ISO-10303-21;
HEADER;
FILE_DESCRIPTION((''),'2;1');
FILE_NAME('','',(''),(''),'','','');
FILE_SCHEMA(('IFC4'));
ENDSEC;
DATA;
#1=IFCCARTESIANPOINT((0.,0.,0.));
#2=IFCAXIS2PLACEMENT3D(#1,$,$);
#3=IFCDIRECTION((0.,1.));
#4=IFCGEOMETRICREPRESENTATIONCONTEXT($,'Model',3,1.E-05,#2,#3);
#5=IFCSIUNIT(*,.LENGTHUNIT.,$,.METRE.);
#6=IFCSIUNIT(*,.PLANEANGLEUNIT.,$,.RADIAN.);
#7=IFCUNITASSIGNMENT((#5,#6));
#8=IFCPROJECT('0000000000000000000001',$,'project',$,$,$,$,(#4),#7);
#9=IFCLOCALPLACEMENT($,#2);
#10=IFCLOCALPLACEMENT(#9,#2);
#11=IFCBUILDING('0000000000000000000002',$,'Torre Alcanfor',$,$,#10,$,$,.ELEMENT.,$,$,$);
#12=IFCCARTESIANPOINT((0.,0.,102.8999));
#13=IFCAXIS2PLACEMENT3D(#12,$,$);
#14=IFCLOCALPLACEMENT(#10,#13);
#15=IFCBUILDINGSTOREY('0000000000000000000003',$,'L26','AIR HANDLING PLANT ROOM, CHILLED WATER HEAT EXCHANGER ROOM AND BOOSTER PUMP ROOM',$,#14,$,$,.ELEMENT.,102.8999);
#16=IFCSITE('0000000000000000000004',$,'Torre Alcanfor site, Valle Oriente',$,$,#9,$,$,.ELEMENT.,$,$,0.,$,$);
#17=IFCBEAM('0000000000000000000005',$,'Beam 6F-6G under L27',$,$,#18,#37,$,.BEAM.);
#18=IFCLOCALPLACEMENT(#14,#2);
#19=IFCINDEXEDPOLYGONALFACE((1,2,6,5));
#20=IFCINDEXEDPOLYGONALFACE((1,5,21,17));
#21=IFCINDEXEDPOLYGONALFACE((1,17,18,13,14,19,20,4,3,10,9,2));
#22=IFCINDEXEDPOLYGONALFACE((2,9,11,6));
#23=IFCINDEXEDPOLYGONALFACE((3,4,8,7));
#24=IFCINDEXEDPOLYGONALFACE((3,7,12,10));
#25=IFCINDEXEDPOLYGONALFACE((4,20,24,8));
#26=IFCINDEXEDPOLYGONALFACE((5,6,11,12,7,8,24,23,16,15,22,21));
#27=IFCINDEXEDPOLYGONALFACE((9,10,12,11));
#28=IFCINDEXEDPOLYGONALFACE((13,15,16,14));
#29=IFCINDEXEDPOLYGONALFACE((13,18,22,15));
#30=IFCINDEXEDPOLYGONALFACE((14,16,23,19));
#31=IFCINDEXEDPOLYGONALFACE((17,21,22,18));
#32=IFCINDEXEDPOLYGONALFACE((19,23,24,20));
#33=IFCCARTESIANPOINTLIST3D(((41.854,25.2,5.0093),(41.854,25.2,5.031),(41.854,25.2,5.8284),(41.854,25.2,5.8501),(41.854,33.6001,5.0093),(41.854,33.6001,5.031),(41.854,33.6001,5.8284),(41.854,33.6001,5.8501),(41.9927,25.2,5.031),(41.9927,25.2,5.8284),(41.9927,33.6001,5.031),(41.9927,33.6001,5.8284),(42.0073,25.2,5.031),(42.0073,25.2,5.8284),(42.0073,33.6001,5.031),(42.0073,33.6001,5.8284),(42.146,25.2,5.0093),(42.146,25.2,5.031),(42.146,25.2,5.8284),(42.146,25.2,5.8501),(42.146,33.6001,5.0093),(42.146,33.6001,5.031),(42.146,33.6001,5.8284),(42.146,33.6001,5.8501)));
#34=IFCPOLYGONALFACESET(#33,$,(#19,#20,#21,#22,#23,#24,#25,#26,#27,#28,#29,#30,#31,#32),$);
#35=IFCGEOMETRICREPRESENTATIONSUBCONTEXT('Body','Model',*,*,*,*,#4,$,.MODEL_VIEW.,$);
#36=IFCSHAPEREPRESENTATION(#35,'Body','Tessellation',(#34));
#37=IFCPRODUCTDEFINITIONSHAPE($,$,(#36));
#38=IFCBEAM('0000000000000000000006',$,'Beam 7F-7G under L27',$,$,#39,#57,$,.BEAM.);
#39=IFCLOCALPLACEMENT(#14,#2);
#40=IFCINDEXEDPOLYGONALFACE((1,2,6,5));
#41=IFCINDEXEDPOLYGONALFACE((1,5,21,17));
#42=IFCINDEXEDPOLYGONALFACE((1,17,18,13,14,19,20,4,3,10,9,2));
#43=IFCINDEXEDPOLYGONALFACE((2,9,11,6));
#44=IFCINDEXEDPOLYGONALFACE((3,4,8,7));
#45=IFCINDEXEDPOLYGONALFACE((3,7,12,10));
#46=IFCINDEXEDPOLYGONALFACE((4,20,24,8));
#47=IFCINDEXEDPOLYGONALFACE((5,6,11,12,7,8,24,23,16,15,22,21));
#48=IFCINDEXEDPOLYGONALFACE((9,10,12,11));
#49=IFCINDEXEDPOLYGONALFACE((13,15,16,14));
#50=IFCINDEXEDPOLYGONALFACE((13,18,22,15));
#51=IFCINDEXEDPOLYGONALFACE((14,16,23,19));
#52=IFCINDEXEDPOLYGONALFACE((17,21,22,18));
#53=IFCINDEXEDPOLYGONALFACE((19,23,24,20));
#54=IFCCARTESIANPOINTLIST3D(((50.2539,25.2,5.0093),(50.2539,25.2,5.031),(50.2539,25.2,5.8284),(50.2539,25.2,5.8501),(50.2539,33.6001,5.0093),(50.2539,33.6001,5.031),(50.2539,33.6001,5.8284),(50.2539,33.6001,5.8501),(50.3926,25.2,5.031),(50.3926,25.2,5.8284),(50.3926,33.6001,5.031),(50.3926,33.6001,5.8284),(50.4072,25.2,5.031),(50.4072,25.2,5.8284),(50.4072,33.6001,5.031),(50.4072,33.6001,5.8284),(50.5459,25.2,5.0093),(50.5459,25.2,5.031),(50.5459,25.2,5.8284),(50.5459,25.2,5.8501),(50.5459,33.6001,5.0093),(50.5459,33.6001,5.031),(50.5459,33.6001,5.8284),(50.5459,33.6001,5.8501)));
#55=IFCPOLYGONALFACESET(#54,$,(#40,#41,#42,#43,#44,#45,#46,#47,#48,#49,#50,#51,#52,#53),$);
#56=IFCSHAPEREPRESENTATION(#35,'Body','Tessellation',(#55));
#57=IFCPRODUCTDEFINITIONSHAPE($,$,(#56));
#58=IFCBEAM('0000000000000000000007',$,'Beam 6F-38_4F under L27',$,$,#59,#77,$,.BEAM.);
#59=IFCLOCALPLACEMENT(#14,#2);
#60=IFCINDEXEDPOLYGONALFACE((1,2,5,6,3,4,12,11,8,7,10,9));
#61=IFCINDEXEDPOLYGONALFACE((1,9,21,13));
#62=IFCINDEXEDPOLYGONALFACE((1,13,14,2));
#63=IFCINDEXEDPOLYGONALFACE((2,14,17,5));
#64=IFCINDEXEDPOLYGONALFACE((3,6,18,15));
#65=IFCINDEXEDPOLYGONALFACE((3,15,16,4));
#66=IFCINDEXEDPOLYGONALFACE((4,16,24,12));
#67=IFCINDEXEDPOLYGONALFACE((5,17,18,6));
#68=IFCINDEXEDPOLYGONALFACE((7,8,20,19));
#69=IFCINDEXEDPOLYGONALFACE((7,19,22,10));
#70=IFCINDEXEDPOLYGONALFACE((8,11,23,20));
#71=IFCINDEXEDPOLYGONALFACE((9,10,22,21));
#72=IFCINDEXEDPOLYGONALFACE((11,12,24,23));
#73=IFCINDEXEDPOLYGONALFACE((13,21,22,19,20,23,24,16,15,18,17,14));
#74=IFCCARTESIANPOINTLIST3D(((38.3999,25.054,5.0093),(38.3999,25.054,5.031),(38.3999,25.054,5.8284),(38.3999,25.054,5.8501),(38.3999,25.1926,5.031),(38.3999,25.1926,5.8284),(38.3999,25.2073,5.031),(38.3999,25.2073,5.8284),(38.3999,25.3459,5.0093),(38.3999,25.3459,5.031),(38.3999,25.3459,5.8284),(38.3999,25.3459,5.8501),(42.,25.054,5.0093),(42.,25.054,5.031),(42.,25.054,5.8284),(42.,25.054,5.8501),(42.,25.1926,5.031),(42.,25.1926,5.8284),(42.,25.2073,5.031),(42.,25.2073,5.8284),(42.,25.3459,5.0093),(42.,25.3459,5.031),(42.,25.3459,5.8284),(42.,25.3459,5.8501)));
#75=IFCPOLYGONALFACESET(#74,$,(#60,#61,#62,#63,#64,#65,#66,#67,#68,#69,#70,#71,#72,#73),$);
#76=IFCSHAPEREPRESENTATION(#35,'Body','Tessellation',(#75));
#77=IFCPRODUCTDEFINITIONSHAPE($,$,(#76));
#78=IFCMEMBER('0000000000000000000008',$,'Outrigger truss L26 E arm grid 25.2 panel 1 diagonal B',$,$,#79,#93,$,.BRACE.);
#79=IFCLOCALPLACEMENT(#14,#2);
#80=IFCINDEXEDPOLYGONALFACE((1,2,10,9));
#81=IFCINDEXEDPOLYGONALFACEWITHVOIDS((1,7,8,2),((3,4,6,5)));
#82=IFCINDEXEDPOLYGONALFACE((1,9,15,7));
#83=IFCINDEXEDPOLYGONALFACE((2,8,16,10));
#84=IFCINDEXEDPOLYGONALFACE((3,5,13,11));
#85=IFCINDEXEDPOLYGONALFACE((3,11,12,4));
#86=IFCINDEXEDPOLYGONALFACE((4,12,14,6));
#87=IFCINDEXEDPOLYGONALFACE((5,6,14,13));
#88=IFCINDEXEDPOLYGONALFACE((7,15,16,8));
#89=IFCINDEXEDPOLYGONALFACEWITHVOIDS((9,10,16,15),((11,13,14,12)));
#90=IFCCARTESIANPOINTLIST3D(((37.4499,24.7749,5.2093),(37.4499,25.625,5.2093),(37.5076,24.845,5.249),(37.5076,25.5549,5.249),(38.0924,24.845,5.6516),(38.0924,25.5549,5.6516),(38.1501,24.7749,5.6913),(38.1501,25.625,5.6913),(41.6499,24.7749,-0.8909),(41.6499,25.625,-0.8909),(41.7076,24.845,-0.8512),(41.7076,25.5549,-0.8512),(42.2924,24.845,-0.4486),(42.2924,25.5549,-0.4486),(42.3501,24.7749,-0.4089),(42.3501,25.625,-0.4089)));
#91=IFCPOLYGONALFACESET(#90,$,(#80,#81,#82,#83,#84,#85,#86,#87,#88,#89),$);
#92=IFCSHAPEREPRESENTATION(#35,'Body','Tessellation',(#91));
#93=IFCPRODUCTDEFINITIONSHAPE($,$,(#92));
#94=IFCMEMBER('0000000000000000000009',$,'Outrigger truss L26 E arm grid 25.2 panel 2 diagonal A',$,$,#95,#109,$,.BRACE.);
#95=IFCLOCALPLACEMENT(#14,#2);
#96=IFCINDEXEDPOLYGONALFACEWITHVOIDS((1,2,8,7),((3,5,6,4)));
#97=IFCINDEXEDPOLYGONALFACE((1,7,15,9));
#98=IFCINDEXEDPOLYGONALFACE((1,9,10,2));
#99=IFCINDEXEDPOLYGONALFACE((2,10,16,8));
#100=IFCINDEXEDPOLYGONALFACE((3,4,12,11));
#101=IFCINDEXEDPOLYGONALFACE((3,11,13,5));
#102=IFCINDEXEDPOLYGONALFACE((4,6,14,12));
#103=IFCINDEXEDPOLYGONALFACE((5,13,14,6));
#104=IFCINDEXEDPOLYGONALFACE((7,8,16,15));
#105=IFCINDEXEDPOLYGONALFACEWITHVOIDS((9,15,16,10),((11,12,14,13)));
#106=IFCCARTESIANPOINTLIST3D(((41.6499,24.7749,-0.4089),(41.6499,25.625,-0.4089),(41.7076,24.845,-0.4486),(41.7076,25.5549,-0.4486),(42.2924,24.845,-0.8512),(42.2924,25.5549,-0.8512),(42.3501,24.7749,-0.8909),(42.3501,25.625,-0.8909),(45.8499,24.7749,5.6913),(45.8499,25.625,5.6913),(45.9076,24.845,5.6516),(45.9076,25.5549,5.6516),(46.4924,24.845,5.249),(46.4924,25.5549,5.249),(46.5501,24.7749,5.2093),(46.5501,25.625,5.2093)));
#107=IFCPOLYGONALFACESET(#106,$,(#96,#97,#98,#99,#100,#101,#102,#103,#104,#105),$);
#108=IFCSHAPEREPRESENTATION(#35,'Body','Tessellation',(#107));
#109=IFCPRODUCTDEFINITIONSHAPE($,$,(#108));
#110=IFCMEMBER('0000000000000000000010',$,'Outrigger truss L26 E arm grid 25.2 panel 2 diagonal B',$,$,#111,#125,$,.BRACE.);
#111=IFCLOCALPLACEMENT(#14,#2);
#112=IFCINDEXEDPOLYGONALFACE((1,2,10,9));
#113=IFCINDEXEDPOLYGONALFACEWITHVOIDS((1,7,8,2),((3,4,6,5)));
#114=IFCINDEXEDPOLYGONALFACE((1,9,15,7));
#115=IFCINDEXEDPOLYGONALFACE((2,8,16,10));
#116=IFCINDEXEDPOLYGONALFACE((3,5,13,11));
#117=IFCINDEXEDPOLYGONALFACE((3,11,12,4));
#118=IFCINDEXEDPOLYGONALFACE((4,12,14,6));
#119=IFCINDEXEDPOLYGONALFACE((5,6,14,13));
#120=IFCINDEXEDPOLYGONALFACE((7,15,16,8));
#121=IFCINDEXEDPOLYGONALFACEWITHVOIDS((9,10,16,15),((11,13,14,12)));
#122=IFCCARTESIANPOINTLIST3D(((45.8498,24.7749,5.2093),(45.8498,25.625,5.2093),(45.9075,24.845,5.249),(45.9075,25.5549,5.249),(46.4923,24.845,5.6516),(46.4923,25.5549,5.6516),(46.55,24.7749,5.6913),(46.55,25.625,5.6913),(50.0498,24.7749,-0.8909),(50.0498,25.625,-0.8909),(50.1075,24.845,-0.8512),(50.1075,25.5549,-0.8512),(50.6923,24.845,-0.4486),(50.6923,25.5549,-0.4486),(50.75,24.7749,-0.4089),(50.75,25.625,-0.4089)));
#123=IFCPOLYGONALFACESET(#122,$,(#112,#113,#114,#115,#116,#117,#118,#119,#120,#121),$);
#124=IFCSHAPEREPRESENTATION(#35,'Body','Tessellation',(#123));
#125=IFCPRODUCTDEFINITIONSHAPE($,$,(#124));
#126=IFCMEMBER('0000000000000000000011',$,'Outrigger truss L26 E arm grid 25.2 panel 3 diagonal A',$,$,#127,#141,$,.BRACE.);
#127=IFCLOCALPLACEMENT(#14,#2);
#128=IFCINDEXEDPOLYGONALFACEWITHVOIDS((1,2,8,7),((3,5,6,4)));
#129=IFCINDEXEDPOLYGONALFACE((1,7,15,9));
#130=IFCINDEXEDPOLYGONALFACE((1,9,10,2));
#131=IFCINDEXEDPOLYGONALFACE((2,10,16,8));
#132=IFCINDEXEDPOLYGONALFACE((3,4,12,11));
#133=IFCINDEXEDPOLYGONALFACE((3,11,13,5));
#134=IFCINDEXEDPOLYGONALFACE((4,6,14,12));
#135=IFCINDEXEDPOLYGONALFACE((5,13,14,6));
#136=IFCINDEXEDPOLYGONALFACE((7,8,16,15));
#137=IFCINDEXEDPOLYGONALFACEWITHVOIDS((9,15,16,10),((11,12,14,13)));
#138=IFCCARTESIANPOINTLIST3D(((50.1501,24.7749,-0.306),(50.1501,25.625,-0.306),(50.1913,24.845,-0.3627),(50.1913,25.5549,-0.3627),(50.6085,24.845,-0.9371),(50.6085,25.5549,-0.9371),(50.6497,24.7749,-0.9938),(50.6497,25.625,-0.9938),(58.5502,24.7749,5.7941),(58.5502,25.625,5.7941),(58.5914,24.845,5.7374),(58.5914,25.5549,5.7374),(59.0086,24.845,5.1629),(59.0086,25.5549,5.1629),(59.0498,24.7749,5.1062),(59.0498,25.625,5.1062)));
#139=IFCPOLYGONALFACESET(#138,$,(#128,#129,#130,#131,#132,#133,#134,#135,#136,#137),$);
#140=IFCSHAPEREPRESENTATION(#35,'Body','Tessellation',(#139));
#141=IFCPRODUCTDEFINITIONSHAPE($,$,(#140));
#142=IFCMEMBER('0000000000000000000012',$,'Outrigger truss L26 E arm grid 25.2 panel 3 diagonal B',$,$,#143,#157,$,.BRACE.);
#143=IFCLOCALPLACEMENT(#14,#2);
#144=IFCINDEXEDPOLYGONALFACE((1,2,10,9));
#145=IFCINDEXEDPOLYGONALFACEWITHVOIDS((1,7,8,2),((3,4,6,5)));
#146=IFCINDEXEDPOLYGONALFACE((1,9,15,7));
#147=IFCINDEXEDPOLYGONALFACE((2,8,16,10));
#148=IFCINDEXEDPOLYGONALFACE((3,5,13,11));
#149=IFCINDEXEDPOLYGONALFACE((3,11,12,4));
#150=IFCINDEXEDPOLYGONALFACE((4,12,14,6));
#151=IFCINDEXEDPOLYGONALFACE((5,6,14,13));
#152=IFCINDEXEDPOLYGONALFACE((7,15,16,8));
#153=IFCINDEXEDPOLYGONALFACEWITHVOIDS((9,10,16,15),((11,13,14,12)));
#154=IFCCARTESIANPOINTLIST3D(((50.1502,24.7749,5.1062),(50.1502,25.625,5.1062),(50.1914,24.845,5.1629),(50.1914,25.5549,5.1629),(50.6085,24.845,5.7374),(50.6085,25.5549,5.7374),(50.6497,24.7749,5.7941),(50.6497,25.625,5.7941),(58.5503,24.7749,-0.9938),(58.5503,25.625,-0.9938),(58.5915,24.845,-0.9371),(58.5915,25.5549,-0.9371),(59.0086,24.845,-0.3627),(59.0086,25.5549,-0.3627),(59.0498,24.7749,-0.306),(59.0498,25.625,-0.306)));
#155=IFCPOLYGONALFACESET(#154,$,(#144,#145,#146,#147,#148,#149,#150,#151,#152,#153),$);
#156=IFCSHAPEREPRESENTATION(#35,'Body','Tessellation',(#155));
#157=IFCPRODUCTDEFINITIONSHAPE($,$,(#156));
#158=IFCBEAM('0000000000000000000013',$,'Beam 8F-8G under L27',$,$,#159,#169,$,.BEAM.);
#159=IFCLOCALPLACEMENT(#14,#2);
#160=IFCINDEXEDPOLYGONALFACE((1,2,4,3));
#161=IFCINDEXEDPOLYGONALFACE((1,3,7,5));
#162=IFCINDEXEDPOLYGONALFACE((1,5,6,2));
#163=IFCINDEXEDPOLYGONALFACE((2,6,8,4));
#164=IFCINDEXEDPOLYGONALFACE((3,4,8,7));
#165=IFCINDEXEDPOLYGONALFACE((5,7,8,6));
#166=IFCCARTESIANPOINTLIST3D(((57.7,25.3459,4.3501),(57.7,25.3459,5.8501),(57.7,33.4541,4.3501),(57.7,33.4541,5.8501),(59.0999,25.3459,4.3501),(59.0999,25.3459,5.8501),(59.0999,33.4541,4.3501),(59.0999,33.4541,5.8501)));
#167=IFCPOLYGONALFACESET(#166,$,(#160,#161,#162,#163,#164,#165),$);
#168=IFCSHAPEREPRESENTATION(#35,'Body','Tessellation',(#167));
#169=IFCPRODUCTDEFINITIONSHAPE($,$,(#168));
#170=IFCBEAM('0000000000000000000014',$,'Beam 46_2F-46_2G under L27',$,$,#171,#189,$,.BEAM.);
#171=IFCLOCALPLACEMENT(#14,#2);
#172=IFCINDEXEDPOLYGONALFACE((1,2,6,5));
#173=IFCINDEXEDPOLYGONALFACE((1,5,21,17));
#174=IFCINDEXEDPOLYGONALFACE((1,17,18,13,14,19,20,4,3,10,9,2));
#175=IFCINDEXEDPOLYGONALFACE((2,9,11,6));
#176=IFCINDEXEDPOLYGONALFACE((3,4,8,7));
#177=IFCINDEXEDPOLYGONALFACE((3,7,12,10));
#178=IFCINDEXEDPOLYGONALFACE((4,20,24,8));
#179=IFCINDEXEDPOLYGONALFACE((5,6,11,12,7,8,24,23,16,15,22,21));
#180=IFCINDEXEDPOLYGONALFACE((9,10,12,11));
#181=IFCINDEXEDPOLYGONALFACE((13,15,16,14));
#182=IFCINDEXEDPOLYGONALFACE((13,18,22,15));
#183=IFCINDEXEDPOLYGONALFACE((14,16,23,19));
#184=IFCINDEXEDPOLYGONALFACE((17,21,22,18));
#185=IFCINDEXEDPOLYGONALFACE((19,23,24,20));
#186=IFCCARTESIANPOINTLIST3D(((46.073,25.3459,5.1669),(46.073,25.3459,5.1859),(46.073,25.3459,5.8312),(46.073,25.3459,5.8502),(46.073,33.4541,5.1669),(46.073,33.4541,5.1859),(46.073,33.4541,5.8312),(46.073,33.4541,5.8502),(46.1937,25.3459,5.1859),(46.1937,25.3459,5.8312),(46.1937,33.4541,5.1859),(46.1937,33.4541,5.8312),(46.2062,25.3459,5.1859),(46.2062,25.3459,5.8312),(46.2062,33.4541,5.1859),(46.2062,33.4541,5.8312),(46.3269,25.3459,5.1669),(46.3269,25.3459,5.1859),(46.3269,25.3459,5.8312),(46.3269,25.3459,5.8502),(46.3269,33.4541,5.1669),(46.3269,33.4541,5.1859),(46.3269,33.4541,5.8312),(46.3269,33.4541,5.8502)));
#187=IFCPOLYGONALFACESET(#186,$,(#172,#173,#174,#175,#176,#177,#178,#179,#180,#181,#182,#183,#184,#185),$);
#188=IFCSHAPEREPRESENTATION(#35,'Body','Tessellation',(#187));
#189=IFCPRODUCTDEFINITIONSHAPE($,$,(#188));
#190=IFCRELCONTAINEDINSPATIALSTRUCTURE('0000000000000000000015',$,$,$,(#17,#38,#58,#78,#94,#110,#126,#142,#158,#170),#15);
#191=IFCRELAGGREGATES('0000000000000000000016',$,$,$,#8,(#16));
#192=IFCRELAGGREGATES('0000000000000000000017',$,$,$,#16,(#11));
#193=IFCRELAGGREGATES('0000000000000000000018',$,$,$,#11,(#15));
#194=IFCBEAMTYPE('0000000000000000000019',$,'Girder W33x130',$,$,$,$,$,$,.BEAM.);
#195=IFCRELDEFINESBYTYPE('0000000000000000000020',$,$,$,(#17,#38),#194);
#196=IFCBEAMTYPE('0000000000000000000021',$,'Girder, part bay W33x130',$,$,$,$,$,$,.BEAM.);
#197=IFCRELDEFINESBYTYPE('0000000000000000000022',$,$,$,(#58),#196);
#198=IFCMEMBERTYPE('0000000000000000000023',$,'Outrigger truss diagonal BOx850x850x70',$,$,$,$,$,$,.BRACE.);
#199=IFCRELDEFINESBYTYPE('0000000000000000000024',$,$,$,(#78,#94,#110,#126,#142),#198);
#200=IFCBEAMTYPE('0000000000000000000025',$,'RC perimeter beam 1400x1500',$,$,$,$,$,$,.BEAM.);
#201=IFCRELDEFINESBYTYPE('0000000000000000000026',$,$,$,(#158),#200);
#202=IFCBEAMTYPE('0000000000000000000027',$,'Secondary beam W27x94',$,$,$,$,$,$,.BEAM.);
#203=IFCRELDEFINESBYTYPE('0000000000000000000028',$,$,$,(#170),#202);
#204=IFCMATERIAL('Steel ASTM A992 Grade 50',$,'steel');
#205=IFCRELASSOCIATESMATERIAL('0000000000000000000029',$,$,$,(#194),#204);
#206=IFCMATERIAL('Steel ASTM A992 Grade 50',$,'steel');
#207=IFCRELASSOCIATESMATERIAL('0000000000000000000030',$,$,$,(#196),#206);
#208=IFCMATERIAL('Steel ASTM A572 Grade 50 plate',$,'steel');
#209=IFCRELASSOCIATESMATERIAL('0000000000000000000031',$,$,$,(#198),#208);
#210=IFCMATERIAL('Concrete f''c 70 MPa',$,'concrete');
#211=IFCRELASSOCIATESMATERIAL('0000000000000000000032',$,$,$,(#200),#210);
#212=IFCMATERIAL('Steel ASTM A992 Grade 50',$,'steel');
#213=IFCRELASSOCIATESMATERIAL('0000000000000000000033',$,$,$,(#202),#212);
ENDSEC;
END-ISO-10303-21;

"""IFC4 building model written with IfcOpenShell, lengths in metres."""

from ifc_helpers import new_model, si_unit, direction, frame, origin, origin_2d, place, context, subcontext, project, spatial, rectangle, hollow_rectangle, i_section, extrude, material, material_profile, profile_set, type_object, element, save


model = new_model("IFC4")

# Units and contexts
model_context = context("Model", 3, precision=1e-05, world=origin(), true_north=direction((0.0, 1.0)))
body_context = subcontext(model_context, "Body", "Model", "MODEL_VIEW")
ifc_project = project(units=[si_unit("LENGTHUNIT", "METRE"), si_unit("PLANEANGLEUNIT", "RADIAN")], contexts=[model_context])

# Site, building, storey
site_placement = place(None, origin())
site = spatial("IfcSite", under=ifc_project, at=site_placement, Name="Torre Alcanfor site, Valle Oriente", CompositionType="ELEMENT", RefElevation=0.0)
building_placement = place(site_placement, origin())
building = spatial("IfcBuilding", under=site, at=building_placement, Name="Torre Alcanfor", CompositionType="ELEMENT")
storey_placement = place(building_placement, frame((0.0, 0.0, 102.8999)))
storey = spatial("IfcBuildingStorey", under=building, at=storey_placement, Name="L26", Description="AIR HANDLING PLANT ROOM, CHILLED WATER HEAT EXCHANGER ROOM AND BOOSTER PUMP ROOM", CompositionType="ELEMENT", Elevation=102.8999)

# Beams
ifc_material_1 = material(Name="Steel ASTM A992 Grade 50", Category="steel")
ifc_material_profile_1 = material_profile(ifc_material_1, i_section(OverallWidth=0.292, OverallDepth=0.8408, WebThickness=0.0146, FlangeThickness=0.0217, at=origin_2d()), Name="W33x130")
ifc_profile_set_1 = profile_set([ifc_material_profile_1], Name="Steel ASTM A992 Grade 50")
beam_type_1 = type_object("IfcBeamType", Name="Girder W33x130", PredefinedType="BEAM", material=ifc_profile_set_1)
for number, where, z_axis, x_axis, name in (
    (1, (42.0, 25.2, 5.4297), (0.0, 1.0, 0.0), (-1.0, 0.0, 0.0), "Beam 6F-6G under L27"),
    (2, (50.3999, 25.2, 5.4297), (0.0, 1.0, 0.0), (-1.0, 0.0, 0.0), "Beam 7F-7G under L27"),
):
    element("IfcBeam", number, at=place(storey_placement, frame(where, z_axis=z_axis, x_axis=x_axis)), inside=storey, type_object=beam_type_1, Name=name, PredefinedType="BEAM", context=body_context, shape_type="SweptSolid", body=[
        extrude(i_section(OverallWidth=0.292, OverallDepth=0.8408, WebThickness=0.0146, FlangeThickness=0.0217, at=origin_2d()), origin(), (0.0, 0.0, 1.0), 8.4001),
    ])
ifc_material_2 = material(Name="Steel ASTM A992 Grade 50", Category="steel")
ifc_material_profile_2 = material_profile(ifc_material_2, i_section(OverallWidth=0.292, OverallDepth=0.8408, WebThickness=0.0146, FlangeThickness=0.0217, at=origin_2d()), Name="W33x130")
ifc_profile_set_2 = profile_set([ifc_material_profile_2], Name="Steel ASTM A992 Grade 50")
beam_type_2 = type_object("IfcBeamType", Name="Girder, part bay W33x130", PredefinedType="BEAM", material=ifc_profile_set_2)
beam_1_placement = place(storey_placement, frame((42.0, 25.2, 5.4297), z_axis=(-1.0, 0.0, 0.0), x_axis=(0.0, -1.0, 0.0)))
element("IfcBeam", 3, at=beam_1_placement, inside=storey, type_object=beam_type_2, Name="Beam 6F-38_4F under L27", PredefinedType="BEAM", context=body_context, shape_type="SweptSolid", body=[
    extrude(i_section(OverallWidth=0.292, OverallDepth=0.8408, WebThickness=0.0146, FlangeThickness=0.0217, at=origin_2d()), origin(), (0.0, 0.0, 1.0), 3.6001),
])

# Members
ifc_material_3 = material(Name="Steel ASTM A572 Grade 50 plate", Category="steel")
ifc_material_profile_3 = material_profile(ifc_material_3, hollow_rectangle(XDim=0.8501, YDim=0.8501, WallThickness=0.0701, at=origin_2d()), Name="BOX 850x850x70")
ifc_profile_set_3 = profile_set([ifc_material_profile_3], Name="Steel ASTM A572 Grade 50 plate")
member_type_1 = type_object("IfcMemberType", Name="Outrigger truss diagonal BOx850x850x70", PredefinedType="BRACE", material=ifc_profile_set_3)
for number, where, z_axis, x_axis, name in (
    (4, (42.0, 25.2, -0.6499), (-0.567091, 0.0, 0.823655), (0.0, -1.0, 0.0), "Outrigger truss L26 E arm grid 25.2 panel 1 diagonal B"),
    (5, (42.0, 25.2, -0.6499), (0.567091, 0.0, 0.823655), (0.0, 1.0, 0.0), "Outrigger truss L26 E arm grid 25.2 panel 2 diagonal A"),
    (6, (50.3999, 25.2, -0.6499), (-0.567091, 0.0, 0.823655), (0.0, -1.0, 0.0), "Outrigger truss L26 E arm grid 25.2 panel 2 diagonal B"),
):
    element("IfcMember", number, at=place(storey_placement, frame(where, z_axis=z_axis, x_axis=x_axis)), inside=storey, type_object=member_type_1, Name=name, PredefinedType="BRACE", context=body_context, shape_type="SweptSolid", body=[
        extrude(hollow_rectangle(XDim=0.8501, YDim=0.8501, WallThickness=0.0701, at=origin_2d()), origin(), (0.0, 0.0, 1.0), 7.4062),
    ])
for number, where, z_axis, x_axis, name in (
    (7, (50.3999, 25.2, -0.6499), (0.809153, 0.0, 0.587598), (0.0, 1.0, 0.0), "Outrigger truss L26 E arm grid 25.2 panel 3 diagonal A"),
    (8, (58.8, 25.2, -0.6499), (-0.809153, 0.0, 0.587598), (0.0, -1.0, 0.0), "Outrigger truss L26 E arm grid 25.2 panel 3 diagonal B"),
):
    element("IfcMember", number, at=place(storey_placement, frame(where, z_axis=z_axis, x_axis=x_axis)), inside=storey, type_object=member_type_1, Name=name, PredefinedType="BRACE", context=body_context, shape_type="SweptSolid", body=[
        extrude(hollow_rectangle(XDim=0.8501, YDim=0.8501, WallThickness=0.0701, at=origin_2d()), origin(), (0.0, 0.0, 1.0), 10.3813),
    ])

# Beams
ifc_material_4 = material(Name="Concrete f'c 70 MPa", Category="concrete")
ifc_material_profile_4 = material_profile(ifc_material_4, rectangle(XDim=1.3999, YDim=1.5, at=origin_2d()), Name="1400x1500")
ifc_profile_set_4 = profile_set([ifc_material_profile_4], Name="Concrete f'c 70 MPa")
beam_type_3 = type_object("IfcBeamType", Name="RC perimeter beam 1400x1500", PredefinedType="BEAM", material=ifc_profile_set_4)
beam_2_placement = place(storey_placement, frame((58.3999, 25.3459, 5.1001), z_axis=(0.0, 1.0, 0.0), x_axis=(-1.0, 0.0, 0.0)))
element("IfcBeam", 9, at=beam_2_placement, inside=storey, type_object=beam_type_3, Name="Beam 8F-8G under L27", PredefinedType="BEAM", context=body_context, shape_type="SweptSolid", body=[
    extrude(rectangle(XDim=1.3999, YDim=1.5, at=origin_2d()), origin(), (0.0, 0.0, 1.0), 8.1082),
])
ifc_material_5 = material(Name="Steel ASTM A992 Grade 50", Category="steel")
ifc_material_profile_5 = material_profile(ifc_material_5, i_section(OverallWidth=0.2539, OverallDepth=0.6833, WebThickness=0.0125, FlangeThickness=0.019, at=origin_2d()), Name="W27x94")
ifc_profile_set_5 = profile_set([ifc_material_profile_5], Name="Steel ASTM A992 Grade 50")
beam_type_4 = type_object("IfcBeamType", Name="Secondary beam W27x94", PredefinedType="BEAM", material=ifc_profile_set_5)
for number, where, z_axis, x_axis, name in (
    (10, (46.2, 25.3459, 5.5085), (0.0, 1.0, 0.0), (-1.0, 0.0, 0.0), "Beam 46_2F-46_2G under L27"),
):
    element("IfcBeam", number, at=place(storey_placement, frame(where, z_axis=z_axis, x_axis=x_axis)), inside=storey, type_object=beam_type_4, Name=name, PredefinedType="BEAM", context=body_context, shape_type="SweptSolid", body=[
        extrude(i_section(OverallWidth=0.2539, OverallDepth=0.6833, WebThickness=0.0125, FlangeThickness=0.019, at=origin_2d()), origin(), (0.0, 0.0, 1.0), 8.1082),
    ])

save(model, "model.ifc")
